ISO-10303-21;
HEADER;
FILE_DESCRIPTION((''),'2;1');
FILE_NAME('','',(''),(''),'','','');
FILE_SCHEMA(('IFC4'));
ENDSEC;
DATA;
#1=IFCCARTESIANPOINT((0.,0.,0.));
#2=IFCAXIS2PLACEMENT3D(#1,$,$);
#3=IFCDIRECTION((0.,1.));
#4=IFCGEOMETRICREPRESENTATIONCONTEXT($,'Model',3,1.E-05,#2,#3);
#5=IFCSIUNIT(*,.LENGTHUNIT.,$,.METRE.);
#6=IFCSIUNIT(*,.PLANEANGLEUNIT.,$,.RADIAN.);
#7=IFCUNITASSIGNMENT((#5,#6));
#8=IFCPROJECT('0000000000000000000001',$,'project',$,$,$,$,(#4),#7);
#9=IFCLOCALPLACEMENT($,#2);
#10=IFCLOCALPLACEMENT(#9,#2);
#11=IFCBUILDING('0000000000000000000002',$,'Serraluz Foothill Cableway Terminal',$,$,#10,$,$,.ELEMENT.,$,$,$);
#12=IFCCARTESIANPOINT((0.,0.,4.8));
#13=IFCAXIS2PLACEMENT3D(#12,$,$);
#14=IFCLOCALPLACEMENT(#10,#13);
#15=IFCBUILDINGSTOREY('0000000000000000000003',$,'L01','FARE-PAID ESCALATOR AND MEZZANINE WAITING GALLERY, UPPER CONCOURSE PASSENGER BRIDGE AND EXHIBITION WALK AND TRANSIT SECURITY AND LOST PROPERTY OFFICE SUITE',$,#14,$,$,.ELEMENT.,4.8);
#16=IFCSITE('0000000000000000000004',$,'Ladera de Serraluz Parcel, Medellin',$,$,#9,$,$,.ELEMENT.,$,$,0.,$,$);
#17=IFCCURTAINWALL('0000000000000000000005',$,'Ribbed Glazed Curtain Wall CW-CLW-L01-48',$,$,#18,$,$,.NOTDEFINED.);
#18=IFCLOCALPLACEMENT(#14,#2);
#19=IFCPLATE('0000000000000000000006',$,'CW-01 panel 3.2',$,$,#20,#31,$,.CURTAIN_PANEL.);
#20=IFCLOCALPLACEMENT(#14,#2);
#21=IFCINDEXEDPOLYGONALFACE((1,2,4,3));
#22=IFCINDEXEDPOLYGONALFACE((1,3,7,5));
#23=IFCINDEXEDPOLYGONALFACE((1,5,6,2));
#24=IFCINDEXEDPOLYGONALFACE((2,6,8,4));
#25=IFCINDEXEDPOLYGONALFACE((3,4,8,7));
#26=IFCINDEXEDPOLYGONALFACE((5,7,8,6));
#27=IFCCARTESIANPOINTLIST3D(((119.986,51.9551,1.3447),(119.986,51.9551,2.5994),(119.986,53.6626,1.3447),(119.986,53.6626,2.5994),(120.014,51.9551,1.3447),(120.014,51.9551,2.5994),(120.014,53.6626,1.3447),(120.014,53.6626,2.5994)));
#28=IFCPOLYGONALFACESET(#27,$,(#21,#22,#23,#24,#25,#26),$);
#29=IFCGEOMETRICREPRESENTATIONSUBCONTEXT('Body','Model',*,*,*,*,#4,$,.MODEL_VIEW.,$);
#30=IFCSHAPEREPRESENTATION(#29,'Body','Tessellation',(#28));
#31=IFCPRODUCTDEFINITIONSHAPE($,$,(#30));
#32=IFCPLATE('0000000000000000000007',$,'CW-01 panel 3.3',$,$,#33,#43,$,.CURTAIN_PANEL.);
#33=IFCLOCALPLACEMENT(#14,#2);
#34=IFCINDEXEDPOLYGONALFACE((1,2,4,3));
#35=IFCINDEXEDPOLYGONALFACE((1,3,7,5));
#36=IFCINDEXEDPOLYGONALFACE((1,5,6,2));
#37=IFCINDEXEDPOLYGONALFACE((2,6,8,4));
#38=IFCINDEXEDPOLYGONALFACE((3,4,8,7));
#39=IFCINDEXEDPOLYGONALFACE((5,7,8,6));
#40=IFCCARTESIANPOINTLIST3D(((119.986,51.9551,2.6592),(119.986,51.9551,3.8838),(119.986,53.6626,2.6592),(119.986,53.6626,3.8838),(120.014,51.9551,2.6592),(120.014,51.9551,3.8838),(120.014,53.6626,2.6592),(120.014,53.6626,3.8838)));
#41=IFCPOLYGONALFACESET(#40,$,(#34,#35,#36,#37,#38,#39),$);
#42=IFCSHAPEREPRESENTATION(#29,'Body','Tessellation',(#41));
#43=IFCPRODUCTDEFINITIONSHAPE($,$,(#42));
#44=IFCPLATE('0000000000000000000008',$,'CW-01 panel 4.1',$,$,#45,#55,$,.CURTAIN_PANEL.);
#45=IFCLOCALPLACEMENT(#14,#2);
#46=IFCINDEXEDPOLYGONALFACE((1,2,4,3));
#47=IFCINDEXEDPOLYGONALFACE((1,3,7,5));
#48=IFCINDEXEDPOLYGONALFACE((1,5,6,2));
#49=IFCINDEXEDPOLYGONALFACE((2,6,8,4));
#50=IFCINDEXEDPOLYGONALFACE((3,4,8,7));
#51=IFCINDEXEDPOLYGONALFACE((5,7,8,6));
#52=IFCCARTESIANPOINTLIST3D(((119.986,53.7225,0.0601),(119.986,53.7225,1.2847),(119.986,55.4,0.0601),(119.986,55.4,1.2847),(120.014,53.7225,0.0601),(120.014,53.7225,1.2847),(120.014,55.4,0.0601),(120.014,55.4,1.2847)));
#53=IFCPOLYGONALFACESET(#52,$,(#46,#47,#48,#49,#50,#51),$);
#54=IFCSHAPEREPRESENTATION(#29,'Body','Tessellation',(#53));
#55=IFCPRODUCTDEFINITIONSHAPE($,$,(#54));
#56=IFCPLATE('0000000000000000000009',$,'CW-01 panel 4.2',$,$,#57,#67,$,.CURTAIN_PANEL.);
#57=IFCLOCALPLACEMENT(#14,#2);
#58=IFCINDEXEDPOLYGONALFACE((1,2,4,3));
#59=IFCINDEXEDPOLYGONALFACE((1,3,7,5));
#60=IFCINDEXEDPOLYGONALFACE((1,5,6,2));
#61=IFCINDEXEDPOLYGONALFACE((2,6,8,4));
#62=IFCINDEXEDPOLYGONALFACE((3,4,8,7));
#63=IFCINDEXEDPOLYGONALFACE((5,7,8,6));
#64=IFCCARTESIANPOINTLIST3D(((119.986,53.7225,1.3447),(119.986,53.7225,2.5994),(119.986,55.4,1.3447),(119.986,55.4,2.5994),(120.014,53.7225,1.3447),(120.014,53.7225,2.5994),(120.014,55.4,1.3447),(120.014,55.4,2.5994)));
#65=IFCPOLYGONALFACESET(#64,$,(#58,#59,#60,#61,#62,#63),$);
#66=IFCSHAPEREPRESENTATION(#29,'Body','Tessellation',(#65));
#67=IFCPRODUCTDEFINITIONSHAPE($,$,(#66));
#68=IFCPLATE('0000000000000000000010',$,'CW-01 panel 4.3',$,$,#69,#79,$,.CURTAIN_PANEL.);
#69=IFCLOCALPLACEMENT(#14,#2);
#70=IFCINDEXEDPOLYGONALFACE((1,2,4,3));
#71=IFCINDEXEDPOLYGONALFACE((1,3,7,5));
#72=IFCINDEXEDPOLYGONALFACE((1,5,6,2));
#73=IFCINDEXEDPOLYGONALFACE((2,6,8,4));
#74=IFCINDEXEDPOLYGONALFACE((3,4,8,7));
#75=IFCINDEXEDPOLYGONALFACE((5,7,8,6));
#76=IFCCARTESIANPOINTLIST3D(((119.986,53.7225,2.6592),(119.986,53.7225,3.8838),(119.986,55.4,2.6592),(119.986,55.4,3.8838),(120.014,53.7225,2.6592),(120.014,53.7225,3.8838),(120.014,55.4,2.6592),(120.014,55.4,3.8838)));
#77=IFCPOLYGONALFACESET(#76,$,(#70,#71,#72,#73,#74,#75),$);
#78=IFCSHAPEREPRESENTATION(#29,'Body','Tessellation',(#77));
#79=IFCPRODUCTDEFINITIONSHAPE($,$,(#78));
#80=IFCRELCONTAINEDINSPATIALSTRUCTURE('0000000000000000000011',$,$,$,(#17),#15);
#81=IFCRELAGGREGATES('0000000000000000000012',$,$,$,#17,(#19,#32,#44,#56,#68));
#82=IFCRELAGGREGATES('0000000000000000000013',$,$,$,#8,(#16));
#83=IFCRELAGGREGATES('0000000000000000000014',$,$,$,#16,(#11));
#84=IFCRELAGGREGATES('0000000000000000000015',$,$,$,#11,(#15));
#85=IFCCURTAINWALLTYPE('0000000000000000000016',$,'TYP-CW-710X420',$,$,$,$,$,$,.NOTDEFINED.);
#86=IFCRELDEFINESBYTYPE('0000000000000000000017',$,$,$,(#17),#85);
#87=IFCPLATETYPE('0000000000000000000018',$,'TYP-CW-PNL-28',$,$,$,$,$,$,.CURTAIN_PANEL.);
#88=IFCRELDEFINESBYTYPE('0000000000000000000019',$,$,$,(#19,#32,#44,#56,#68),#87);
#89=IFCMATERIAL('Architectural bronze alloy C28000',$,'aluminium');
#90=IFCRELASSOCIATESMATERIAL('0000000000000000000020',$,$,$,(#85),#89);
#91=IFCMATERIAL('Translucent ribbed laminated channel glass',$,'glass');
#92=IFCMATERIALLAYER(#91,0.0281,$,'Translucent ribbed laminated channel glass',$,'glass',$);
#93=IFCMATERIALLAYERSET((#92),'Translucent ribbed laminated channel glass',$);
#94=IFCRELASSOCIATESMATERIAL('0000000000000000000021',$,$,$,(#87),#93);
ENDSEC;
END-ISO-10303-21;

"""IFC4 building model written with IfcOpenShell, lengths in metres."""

from ifc_helpers import new_model, si_unit, direction, frame, origin, origin_2d, place, context, subcontext, project, spatial, rectangle, extrude, material, layer, layer_set, type_object, element, aggregate, save


model = new_model("IFC4")

# Units and contexts
model_context = context("Model", 3, precision=1e-05, world=origin(), true_north=direction((0.0, 1.0)))
body_context = subcontext(model_context, "Body", "Model", "MODEL_VIEW")
ifc_project = project(units=[si_unit("LENGTHUNIT", "METRE"), si_unit("PLANEANGLEUNIT", "RADIAN")], contexts=[model_context])

# Site, building, storey
site_placement = place(None, origin())
site = spatial("IfcSite", under=ifc_project, at=site_placement, Name="Ladera de Serraluz Parcel, Medellin", CompositionType="ELEMENT", RefElevation=0.0)
building_placement = place(site_placement, origin())
building = spatial("IfcBuilding", under=site, at=building_placement, Name="Serraluz Foothill Cableway Terminal", CompositionType="ELEMENT")
storey_placement = place(building_placement, frame((0.0, 0.0, 4.8)))
storey = spatial("IfcBuildingStorey", under=building, at=storey_placement, Name="L01", Description="FARE-PAID ESCALATOR AND MEZZANINE WAITING GALLERY, UPPER CONCOURSE PASSENGER BRIDGE AND EXHIBITION WALK AND TRANSIT SECURITY AND LOST PROPERTY OFFICE SUITE", CompositionType="ELEMENT", Elevation=4.8)

# Curtain wall
ifc_material_1 = material(Name="Architectural bronze alloy C28000", Category="aluminium")
curtain_wall_type = type_object("IfcCurtainWallType", Name="TYP-CW-710X420", PredefinedType="NOTDEFINED", material=ifc_material_1)
curtain_wall_placement = place(storey_placement, origin())
curtain_wall = element("IfcCurtainWall", 1, at=curtain_wall_placement, inside=storey, type_object=curtain_wall_type, Name="Ribbed Glazed Curtain Wall CW-CLW-L01-48", PredefinedType="NOTDEFINED")

# Plates
ifc_material_2 = material(Name="Translucent ribbed laminated channel glass", Category="glass")
ifc_layer = layer(ifc_material_2, 0.0281, Name="Translucent ribbed laminated channel glass", Category="glass")
ifc_layer_set = layer_set([ifc_layer], Name="Translucent ribbed laminated channel glass")
plate_type = type_object("IfcPlateType", Name="TYP-CW-PNL-28", PredefinedType="CURTAIN_PANEL", material=ifc_layer_set)
plate_1_placement = place(storey_placement, frame((120.0, 52.8088, 1.3447), z_axis=(0.0, 0.0, 1.0), x_axis=(0.0, 1.0, 0.0)))
plate_1 = element("IfcPlate", 2, at=plate_1_placement, type_object=plate_type, Name="CW-01 panel 3.2", PredefinedType="CURTAIN_PANEL", context=body_context, shape_type="SweptSolid", body=[
    extrude(rectangle(XDim=1.7075, YDim=0.0281, at=origin_2d()), origin(), (0.0, 0.0, 1.0), 1.2546),
])
plate_2_placement = place(storey_placement, frame((120.0, 52.8088, 2.6592), z_axis=(0.0, 0.0, 1.0), x_axis=(0.0, 1.0, 0.0)))
plate_2 = element("IfcPlate", 3, at=plate_2_placement, type_object=plate_type, Name="CW-01 panel 3.3", PredefinedType="CURTAIN_PANEL", context=body_context, shape_type="SweptSolid", body=[
    extrude(rectangle(XDim=1.7075, YDim=0.0281, at=origin_2d()), origin(), (0.0, 0.0, 1.0), 1.2246),
])
plate_3_placement = place(storey_placement, frame((120.0, 54.5613, 0.0601), z_axis=(0.0, 0.0, 1.0), x_axis=(0.0, 1.0, 0.0)))
plate_3 = element("IfcPlate", 4, at=plate_3_placement, type_object=plate_type, Name="CW-01 panel 4.1", PredefinedType="CURTAIN_PANEL", context=body_context, shape_type="SweptSolid", body=[
    extrude(rectangle(XDim=1.6775, YDim=0.0281, at=origin_2d()), origin(), (0.0, 0.0, 1.0), 1.2246),
])
plate_4_placement = place(storey_placement, frame((120.0, 54.5613, 1.3447), z_axis=(0.0, 0.0, 1.0), x_axis=(0.0, 1.0, 0.0)))
plate_4 = element("IfcPlate", 5, at=plate_4_placement, type_object=plate_type, Name="CW-01 panel 4.2", PredefinedType="CURTAIN_PANEL", context=body_context, shape_type="SweptSolid", body=[
    extrude(rectangle(XDim=1.6775, YDim=0.0281, at=origin_2d()), origin(), (0.0, 0.0, 1.0), 1.2546),
])
plate_5_placement = place(storey_placement, frame((120.0, 54.5613, 2.6592), z_axis=(0.0, 0.0, 1.0), x_axis=(0.0, 1.0, 0.0)))
plate_5 = element("IfcPlate", 6, at=plate_5_placement, type_object=plate_type, Name="CW-01 panel 4.3", PredefinedType="CURTAIN_PANEL", context=body_context, shape_type="SweptSolid", body=[
    extrude(rectangle(XDim=1.6775, YDim=0.0281, at=origin_2d()), origin(), (0.0, 0.0, 1.0), 1.2246),
])
aggregate(curtain_wall, [plate_1, plate_2, plate_3, plate_4, plate_5])

save(model, "model.ifc")
